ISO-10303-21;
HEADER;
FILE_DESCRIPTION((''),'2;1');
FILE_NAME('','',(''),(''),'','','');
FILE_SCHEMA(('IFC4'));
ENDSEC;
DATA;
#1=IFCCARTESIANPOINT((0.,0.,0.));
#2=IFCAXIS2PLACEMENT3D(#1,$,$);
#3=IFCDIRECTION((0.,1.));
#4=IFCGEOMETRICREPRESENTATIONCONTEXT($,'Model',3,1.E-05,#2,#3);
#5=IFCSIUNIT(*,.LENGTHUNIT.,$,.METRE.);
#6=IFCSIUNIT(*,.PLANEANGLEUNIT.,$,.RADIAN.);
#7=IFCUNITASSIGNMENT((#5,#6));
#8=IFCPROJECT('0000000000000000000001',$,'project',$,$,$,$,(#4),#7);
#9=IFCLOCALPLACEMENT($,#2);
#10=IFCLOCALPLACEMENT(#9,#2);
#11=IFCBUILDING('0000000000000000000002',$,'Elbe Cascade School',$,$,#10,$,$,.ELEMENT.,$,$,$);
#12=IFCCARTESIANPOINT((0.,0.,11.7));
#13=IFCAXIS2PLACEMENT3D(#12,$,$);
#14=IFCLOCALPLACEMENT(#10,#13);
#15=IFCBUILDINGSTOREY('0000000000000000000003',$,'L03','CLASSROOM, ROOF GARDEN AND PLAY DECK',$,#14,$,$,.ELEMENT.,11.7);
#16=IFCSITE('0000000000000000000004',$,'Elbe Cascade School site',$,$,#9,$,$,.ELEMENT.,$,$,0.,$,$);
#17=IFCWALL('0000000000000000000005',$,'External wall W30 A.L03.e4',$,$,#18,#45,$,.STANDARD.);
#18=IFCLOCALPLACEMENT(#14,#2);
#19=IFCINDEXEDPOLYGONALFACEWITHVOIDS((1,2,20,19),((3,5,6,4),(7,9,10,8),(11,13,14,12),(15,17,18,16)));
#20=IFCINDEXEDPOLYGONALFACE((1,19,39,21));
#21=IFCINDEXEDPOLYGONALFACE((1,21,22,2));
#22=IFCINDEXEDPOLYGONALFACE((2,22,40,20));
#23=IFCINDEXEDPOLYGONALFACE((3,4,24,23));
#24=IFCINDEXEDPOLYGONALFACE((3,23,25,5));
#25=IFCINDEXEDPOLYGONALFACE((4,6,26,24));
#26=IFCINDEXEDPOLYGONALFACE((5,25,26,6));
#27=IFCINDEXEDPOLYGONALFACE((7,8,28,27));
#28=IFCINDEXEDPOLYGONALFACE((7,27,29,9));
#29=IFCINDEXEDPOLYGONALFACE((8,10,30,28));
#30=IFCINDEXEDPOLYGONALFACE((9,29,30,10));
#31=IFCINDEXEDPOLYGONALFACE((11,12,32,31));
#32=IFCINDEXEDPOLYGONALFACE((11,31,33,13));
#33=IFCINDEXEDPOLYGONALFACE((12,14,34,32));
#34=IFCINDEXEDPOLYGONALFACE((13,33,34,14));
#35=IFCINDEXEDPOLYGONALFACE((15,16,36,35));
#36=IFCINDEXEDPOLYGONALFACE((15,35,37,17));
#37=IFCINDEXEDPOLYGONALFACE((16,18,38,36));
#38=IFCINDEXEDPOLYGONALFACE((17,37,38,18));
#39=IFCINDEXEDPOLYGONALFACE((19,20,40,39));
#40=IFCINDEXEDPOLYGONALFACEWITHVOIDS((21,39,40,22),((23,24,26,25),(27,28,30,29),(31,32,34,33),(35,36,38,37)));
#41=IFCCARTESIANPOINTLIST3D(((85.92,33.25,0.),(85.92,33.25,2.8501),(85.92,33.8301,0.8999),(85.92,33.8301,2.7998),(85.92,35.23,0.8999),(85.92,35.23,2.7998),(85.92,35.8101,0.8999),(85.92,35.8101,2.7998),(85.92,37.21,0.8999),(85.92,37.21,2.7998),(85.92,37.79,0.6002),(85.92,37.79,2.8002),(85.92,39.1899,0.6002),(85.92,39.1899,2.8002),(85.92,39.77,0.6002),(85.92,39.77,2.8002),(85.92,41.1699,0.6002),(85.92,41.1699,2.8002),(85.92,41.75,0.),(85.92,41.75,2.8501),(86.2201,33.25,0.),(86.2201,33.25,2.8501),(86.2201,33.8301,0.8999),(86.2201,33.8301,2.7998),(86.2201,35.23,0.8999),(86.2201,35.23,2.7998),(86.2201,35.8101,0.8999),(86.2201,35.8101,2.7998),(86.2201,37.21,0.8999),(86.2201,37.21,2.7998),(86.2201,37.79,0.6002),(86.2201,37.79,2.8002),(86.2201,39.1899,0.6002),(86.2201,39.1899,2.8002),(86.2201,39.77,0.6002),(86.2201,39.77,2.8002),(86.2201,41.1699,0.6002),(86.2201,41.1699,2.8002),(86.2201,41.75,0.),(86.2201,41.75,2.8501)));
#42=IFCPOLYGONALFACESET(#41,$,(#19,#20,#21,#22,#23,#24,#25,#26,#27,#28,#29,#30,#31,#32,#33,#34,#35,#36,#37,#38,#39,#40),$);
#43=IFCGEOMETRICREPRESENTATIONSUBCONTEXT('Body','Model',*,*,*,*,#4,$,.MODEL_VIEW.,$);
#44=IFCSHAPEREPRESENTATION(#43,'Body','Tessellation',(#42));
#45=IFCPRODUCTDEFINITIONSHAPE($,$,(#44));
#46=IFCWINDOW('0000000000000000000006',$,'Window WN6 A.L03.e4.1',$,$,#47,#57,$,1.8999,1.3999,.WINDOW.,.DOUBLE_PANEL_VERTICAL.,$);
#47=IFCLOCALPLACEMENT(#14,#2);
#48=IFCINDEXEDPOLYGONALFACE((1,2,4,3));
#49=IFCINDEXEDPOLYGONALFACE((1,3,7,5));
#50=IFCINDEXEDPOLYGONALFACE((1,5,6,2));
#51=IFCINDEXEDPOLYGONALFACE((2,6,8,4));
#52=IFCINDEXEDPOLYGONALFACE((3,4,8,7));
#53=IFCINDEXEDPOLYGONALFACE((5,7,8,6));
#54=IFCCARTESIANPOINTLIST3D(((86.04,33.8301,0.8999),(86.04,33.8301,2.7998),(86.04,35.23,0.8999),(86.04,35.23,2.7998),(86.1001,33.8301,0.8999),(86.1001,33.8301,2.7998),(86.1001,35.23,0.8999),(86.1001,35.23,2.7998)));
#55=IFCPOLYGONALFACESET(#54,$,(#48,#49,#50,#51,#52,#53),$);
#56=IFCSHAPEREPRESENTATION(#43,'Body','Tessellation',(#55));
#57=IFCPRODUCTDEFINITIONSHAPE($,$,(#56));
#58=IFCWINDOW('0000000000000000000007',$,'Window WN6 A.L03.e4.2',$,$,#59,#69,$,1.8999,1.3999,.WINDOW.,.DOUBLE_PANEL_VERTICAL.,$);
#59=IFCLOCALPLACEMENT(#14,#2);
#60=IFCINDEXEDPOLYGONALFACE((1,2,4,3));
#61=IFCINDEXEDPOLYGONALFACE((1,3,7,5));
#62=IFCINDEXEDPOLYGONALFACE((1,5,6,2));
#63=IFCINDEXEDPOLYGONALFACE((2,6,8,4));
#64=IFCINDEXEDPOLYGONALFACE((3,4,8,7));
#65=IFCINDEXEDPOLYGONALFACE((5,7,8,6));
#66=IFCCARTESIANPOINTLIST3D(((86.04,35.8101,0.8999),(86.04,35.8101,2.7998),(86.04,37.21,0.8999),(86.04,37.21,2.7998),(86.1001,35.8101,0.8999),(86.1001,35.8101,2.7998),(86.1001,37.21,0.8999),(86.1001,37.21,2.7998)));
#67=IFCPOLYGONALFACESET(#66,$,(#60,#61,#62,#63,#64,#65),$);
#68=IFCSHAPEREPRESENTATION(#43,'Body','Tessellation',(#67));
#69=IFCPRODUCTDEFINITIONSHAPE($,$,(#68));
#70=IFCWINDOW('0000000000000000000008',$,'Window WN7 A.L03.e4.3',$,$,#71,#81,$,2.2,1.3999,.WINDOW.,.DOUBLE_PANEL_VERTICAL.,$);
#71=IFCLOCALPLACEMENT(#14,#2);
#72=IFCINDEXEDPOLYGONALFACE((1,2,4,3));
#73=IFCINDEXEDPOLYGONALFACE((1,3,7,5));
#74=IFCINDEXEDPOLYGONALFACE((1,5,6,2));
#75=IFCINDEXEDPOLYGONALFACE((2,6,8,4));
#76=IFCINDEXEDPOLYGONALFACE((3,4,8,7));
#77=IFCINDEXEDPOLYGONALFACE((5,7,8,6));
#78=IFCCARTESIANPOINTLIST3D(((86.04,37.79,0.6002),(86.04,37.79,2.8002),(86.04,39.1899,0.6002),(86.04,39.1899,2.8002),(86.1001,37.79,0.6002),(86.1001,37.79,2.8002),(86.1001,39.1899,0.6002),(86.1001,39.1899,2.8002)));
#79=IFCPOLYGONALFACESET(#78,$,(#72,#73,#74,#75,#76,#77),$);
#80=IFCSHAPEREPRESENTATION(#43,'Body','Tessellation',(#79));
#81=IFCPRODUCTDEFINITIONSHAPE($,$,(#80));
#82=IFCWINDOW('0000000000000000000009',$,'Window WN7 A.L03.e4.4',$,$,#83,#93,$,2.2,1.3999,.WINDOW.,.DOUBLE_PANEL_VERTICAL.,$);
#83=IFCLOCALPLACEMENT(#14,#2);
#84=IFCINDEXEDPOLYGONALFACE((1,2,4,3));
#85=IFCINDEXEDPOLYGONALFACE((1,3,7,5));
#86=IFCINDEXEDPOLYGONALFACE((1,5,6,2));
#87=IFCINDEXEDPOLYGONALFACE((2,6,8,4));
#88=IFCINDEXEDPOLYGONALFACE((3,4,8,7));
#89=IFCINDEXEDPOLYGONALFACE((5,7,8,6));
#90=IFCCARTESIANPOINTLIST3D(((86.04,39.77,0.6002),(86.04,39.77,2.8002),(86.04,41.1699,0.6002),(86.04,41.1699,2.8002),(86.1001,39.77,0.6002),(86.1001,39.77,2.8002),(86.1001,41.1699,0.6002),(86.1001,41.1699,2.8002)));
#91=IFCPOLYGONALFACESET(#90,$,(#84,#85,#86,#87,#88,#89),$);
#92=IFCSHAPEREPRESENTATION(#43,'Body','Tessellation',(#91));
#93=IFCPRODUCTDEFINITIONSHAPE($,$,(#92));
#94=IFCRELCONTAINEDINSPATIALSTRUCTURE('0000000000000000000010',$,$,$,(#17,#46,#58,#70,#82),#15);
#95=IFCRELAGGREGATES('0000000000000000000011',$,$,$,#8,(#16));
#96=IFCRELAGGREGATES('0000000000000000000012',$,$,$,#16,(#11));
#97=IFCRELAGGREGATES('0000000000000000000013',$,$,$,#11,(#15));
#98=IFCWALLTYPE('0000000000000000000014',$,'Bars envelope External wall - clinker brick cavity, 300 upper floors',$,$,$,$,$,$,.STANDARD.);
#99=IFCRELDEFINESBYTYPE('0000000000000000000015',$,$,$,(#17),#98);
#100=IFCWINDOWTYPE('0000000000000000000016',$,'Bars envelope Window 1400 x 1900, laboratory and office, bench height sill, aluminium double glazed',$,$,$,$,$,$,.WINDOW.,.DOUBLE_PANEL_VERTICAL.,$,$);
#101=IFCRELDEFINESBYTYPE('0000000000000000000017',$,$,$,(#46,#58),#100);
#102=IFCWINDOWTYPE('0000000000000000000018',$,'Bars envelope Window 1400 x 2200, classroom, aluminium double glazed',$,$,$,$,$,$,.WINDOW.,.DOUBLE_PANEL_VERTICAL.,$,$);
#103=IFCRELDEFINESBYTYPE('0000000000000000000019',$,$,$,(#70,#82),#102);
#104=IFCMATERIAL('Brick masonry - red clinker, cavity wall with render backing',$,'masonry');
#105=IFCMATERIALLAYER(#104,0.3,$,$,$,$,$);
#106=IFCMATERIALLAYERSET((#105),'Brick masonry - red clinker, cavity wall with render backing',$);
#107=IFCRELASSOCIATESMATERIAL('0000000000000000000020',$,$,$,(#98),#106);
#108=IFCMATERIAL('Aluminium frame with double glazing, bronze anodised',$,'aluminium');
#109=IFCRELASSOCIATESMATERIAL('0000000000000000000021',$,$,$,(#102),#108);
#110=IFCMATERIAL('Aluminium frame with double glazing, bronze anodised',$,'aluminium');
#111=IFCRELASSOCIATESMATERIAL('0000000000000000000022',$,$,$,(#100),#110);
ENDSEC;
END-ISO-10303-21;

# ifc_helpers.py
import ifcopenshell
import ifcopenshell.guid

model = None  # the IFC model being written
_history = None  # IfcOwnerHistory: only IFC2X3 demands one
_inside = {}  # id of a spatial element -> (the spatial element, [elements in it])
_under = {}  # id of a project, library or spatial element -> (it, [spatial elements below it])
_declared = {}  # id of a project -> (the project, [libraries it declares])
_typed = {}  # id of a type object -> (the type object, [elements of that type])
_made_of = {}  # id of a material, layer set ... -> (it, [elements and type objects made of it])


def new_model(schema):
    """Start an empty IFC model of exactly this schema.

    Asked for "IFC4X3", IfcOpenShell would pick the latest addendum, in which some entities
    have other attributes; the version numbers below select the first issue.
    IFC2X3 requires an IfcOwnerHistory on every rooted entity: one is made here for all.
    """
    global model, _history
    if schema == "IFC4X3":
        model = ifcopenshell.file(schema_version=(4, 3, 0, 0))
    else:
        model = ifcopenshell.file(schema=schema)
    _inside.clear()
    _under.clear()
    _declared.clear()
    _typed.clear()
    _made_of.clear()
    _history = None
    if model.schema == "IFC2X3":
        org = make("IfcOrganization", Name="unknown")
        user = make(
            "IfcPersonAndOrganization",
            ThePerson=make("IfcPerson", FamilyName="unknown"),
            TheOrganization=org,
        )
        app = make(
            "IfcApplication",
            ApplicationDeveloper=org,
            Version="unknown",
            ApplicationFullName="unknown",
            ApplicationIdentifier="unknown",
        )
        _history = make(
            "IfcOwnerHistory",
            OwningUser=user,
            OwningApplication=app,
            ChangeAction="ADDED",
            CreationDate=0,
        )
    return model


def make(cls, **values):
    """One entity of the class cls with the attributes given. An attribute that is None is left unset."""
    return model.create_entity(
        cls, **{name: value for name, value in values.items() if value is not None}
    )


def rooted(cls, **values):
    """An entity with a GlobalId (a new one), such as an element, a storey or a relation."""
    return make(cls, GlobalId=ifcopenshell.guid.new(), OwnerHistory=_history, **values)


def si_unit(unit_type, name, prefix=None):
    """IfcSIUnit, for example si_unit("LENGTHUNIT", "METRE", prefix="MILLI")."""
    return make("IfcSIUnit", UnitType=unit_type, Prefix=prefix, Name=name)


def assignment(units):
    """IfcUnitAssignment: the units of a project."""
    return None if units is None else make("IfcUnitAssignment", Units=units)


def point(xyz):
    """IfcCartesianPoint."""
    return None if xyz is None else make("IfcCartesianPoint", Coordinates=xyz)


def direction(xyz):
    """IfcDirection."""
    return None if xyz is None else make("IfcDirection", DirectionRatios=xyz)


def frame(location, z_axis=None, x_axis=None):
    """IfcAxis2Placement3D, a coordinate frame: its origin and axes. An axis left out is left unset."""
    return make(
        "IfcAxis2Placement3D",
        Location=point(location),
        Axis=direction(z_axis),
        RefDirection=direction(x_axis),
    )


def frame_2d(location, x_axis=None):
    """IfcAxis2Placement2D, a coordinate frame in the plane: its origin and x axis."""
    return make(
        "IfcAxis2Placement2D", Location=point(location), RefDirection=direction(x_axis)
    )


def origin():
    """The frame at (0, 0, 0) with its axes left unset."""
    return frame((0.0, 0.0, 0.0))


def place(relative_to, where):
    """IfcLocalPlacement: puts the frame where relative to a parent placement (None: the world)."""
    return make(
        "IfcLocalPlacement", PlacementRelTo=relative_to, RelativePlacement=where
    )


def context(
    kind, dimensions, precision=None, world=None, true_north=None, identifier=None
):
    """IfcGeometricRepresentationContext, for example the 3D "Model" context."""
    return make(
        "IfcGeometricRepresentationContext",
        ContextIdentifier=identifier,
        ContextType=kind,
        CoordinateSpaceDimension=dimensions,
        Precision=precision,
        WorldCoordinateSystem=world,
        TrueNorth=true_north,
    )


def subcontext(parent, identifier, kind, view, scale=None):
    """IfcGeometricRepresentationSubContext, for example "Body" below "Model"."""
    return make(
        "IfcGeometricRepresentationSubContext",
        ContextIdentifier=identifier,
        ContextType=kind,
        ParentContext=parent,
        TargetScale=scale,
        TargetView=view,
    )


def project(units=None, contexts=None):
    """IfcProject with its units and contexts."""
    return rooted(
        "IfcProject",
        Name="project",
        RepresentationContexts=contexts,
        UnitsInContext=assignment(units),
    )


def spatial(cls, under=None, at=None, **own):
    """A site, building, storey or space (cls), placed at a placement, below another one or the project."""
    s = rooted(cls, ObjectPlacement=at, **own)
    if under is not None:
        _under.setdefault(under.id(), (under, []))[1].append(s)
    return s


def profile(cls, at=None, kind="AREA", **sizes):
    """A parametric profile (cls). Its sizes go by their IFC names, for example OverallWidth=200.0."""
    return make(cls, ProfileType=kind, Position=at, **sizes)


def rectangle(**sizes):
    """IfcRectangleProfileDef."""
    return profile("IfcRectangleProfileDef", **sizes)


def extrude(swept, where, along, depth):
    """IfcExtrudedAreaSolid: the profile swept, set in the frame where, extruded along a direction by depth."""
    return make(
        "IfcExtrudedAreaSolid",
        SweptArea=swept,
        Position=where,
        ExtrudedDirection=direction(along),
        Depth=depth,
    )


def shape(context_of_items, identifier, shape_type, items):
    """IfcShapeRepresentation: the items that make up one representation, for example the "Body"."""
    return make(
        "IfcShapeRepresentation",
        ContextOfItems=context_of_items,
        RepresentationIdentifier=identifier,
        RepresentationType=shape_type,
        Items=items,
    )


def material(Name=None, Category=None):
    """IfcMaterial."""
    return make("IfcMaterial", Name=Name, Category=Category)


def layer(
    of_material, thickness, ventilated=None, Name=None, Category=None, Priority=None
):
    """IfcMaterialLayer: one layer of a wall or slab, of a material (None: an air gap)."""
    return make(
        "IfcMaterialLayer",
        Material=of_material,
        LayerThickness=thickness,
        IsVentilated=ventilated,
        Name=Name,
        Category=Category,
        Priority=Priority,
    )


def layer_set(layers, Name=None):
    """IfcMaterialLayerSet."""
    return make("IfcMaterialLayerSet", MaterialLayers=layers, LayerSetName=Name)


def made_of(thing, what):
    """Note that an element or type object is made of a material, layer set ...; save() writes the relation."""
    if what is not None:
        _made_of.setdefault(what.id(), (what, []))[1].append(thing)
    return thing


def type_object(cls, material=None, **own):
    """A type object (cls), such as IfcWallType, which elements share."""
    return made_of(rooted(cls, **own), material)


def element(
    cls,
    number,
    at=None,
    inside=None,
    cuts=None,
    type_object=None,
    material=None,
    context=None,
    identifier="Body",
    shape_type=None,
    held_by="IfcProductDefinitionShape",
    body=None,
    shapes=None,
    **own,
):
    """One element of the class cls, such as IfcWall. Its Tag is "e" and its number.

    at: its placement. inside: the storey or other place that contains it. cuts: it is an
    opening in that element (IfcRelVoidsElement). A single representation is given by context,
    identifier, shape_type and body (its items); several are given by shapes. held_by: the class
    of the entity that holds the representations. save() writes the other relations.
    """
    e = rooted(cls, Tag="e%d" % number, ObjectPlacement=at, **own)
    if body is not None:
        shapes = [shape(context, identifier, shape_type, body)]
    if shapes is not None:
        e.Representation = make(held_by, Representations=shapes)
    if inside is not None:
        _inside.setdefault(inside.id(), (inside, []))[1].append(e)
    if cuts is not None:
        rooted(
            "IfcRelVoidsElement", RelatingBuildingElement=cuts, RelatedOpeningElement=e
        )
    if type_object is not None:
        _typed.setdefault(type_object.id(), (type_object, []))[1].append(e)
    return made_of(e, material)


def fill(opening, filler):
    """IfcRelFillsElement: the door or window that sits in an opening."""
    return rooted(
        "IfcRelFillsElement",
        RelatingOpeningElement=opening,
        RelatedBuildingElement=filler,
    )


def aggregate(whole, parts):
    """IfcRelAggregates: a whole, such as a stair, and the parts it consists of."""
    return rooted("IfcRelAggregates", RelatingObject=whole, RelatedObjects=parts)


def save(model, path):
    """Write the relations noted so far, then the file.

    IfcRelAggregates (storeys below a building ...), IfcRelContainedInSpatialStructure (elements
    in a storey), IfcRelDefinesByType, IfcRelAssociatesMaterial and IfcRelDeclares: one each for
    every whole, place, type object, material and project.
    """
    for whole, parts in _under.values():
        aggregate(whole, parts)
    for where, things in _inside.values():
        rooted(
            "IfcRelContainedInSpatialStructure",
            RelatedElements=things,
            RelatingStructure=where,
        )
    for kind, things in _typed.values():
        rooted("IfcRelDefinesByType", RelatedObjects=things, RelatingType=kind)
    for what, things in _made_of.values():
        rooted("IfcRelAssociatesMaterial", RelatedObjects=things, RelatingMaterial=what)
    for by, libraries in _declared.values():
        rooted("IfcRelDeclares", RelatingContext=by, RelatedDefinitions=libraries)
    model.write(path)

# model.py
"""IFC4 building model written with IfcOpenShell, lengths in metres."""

from ifc_helpers import new_model, si_unit, direction, frame, frame_2d, origin, place, context, subcontext, project, spatial, rectangle, extrude, material, layer, layer_set, type_object, element, fill, save


model = new_model("IFC4")

# Units and contexts
model_context = context("Model", 3, precision=1e-05, world=origin(), true_north=direction((0.0, 1.0)))
body_context = subcontext(model_context, "Body", "Model", "MODEL_VIEW")
ifc_project = project(units=[si_unit("LENGTHUNIT", "METRE"), si_unit("PLANEANGLEUNIT", "RADIAN")], contexts=[model_context])

# Site, building, storey
site_placement = place(None, origin())
site = spatial("IfcSite", under=ifc_project, at=site_placement, Name="Elbe Cascade School site", CompositionType="ELEMENT", RefElevation=0.0)
building_placement = place(site_placement, origin())
building = spatial("IfcBuilding", under=site, at=building_placement, Name="Elbe Cascade School", CompositionType="ELEMENT")
storey_placement = place(building_placement, frame((0.0, 0.0, 11.7)))
storey = spatial("IfcBuildingStorey", under=building, at=storey_placement, Name="L03", Description="CLASSROOM, ROOF GARDEN AND PLAY DECK", CompositionType="ELEMENT", Elevation=11.7)

# Wall, openings, windows
ifc_material_1 = material(Name="Brick masonry - red clinker, cavity wall with render backing", Category="masonry")
ifc_layer_1 = layer(ifc_material_1, 0.3)
ifc_layer_set_1 = layer_set([ifc_layer_1], Name="Brick masonry - red clinker, cavity wall with render backing")
wall_type_1 = type_object("IfcWallType", Name="Bars envelope External wall - clinker brick cavity, 300 upper floors", PredefinedType="STANDARD", material=ifc_layer_set_1)
ifc_material_2 = material(Name="Aluminium frame with double glazing, bronze anodised", Category="aluminium")
window_type_1 = type_object("IfcWindowType", Name="Bars envelope Window 1400 x 2200, classroom, aluminium double glazed", PartitioningType="DOUBLE_PANEL_VERTICAL", PredefinedType="WINDOW", material=ifc_material_2)
wall_1_placement = place(storey_placement, frame((86.0701, 41.75, 0.0), z_axis=(0.0, 0.0, 1.0), x_axis=(0.0, -1.0, 0.0)))
wall_1 = element("IfcWall", 1, at=wall_1_placement, inside=storey, type_object=wall_type_1, Name="External wall W30 A.L03.e4", PredefinedType="STANDARD", context=body_context, shape_type="SweptSolid", body=[
    extrude(rectangle(XDim=8.5, YDim=0.3, at=frame_2d((4.25, 0.0))), origin(), (0.0, 0.0, 1.0), 2.8501),
])
opening_1_placement = place(wall_1_placement, frame((6.52, 0.0, 0.8999)))
opening_1 = element("IfcOpeningElement", 2, at=opening_1_placement, cuts=wall_1, PredefinedType="OPENING", context=body_context, shape_type="SweptSolid", body=[
    extrude(rectangle(XDim=1.3999, YDim=1.8999, at=frame_2d((0.7, 0.95))), frame((0.0, 0.1599, 0.0), z_axis=(0.0, -1.0, 0.0), x_axis=(1.0, 0.0, 0.0)), (0.0, 0.0, 1.0), 0.3201),
])
opening_2_placement = place(wall_1_placement, frame((4.54, 0.0, 0.8999)))
opening_2 = element("IfcOpeningElement", 3, at=opening_2_placement, cuts=wall_1, PredefinedType="OPENING", context=body_context, shape_type="SweptSolid", body=[
    extrude(rectangle(XDim=1.3999, YDim=1.8999, at=frame_2d((0.7, 0.95))), frame((0.0, 0.1599, 0.0), z_axis=(0.0, -1.0, 0.0), x_axis=(1.0, 0.0, 0.0)), (0.0, 0.0, 1.0), 0.3201),
])
opening_3_placement = place(wall_1_placement, frame((2.5601, 0.0, 0.6001)))
opening_3 = element("IfcOpeningElement", 4, at=opening_3_placement, cuts=wall_1, PredefinedType="OPENING", context=body_context, shape_type="SweptSolid", body=[
    extrude(rectangle(XDim=1.3999, YDim=2.2, at=frame_2d((0.7, 1.1001))), frame((0.0, 0.1599, 0.0), z_axis=(0.0, -1.0, 0.0), x_axis=(1.0, 0.0, 0.0)), (0.0, 0.0, 1.0), 0.3201),
])
opening_4_placement = place(wall_1_placement, frame((0.5801, 0.0, 0.6001)))
opening_4 = element("IfcOpeningElement", 5, at=opening_4_placement, cuts=wall_1, PredefinedType="OPENING", context=body_context, shape_type="SweptSolid", body=[
    extrude(rectangle(XDim=1.3999, YDim=2.2, at=frame_2d((0.7, 1.1001))), frame((0.0, 0.1599, 0.0), z_axis=(0.0, -1.0, 0.0), x_axis=(1.0, 0.0, 0.0)), (0.0, 0.0, 1.0), 0.3201),
])
ifc_material_3 = material(Name="Aluminium frame with double glazing, bronze anodised", Category="aluminium")
window_type_2 = type_object("IfcWindowType", Name="Bars envelope Window 1400 x 1900, laboratory and office, bench height sill, aluminium double glazed", PartitioningType="DOUBLE_PANEL_VERTICAL", PredefinedType="WINDOW", material=ifc_material_3)
window_1_placement = place(opening_1_placement, origin())
window_1 = element("IfcWindow", 6, at=window_1_placement, inside=storey, type_object=window_type_2, Name="Window WN6 A.L03.e4.1", OverallHeight=1.8999, OverallWidth=1.3999, PartitioningType="DOUBLE_PANEL_VERTICAL", PredefinedType="WINDOW", context=body_context, shape_type="SweptSolid", body=[
    extrude(rectangle(XDim=1.3999, YDim=1.8999, at=frame_2d((0.7, 0.95))), frame((0.0, 0.03, 0.0), z_axis=(0.0, -1.0, 0.0), x_axis=(1.0, 0.0, 0.0)), (0.0, 0.0, 1.0), 0.0601),
])
fill(opening_1, window_1)
window_2_placement = place(opening_2_placement, origin())
window_2 = element("IfcWindow", 7, at=window_2_placement, inside=storey, type_object=window_type_2, Name="Window WN6 A.L03.e4.2", OverallHeight=1.8999, OverallWidth=1.3999, PartitioningType="DOUBLE_PANEL_VERTICAL", PredefinedType="WINDOW", context=body_context, shape_type="SweptSolid", body=[
    extrude(rectangle(XDim=1.3999, YDim=1.8999, at=frame_2d((0.7, 0.95))), frame((0.0, 0.03, 0.0), z_axis=(0.0, -1.0, 0.0), x_axis=(1.0, 0.0, 0.0)), (0.0, 0.0, 1.0), 0.0601),
])
fill(opening_2, window_2)
window_3_placement = place(opening_3_placement, origin())
window_3 = element("IfcWindow", 8, at=window_3_placement, inside=storey, type_object=window_type_1, Name="Window WN7 A.L03.e4.3", OverallHeight=2.2, OverallWidth=1.3999, PartitioningType="DOUBLE_PANEL_VERTICAL", PredefinedType="WINDOW", context=body_context, shape_type="SweptSolid", body=[
    extrude(rectangle(XDim=1.3999, YDim=2.2, at=frame_2d((0.7, 1.1001))), frame((0.0, 0.03, 0.0), z_axis=(0.0, -1.0, 0.0), x_axis=(1.0, 0.0, 0.0)), (0.0, 0.0, 1.0), 0.0601),
])
fill(opening_3, window_3)
window_4_placement = place(opening_4_placement, origin())
window_4 = element("IfcWindow", 9, at=window_4_placement, inside=storey, type_object=window_type_1, Name="Window WN7 A.L03.e4.4", OverallHeight=2.2, OverallWidth=1.3999, PartitioningType="DOUBLE_PANEL_VERTICAL", PredefinedType="WINDOW", context=body_context, shape_type="SweptSolid", body=[
    extrude(rectangle(XDim=1.3999, YDim=2.2, at=frame_2d((0.7, 1.1001))), frame((0.0, 0.03, 0.0), z_axis=(0.0, -1.0, 0.0), x_axis=(1.0, 0.0, 0.0)), (0.0, 0.0, 1.0), 0.0601),
])
fill(opening_4, window_4)

save(model, "model.ifc")
